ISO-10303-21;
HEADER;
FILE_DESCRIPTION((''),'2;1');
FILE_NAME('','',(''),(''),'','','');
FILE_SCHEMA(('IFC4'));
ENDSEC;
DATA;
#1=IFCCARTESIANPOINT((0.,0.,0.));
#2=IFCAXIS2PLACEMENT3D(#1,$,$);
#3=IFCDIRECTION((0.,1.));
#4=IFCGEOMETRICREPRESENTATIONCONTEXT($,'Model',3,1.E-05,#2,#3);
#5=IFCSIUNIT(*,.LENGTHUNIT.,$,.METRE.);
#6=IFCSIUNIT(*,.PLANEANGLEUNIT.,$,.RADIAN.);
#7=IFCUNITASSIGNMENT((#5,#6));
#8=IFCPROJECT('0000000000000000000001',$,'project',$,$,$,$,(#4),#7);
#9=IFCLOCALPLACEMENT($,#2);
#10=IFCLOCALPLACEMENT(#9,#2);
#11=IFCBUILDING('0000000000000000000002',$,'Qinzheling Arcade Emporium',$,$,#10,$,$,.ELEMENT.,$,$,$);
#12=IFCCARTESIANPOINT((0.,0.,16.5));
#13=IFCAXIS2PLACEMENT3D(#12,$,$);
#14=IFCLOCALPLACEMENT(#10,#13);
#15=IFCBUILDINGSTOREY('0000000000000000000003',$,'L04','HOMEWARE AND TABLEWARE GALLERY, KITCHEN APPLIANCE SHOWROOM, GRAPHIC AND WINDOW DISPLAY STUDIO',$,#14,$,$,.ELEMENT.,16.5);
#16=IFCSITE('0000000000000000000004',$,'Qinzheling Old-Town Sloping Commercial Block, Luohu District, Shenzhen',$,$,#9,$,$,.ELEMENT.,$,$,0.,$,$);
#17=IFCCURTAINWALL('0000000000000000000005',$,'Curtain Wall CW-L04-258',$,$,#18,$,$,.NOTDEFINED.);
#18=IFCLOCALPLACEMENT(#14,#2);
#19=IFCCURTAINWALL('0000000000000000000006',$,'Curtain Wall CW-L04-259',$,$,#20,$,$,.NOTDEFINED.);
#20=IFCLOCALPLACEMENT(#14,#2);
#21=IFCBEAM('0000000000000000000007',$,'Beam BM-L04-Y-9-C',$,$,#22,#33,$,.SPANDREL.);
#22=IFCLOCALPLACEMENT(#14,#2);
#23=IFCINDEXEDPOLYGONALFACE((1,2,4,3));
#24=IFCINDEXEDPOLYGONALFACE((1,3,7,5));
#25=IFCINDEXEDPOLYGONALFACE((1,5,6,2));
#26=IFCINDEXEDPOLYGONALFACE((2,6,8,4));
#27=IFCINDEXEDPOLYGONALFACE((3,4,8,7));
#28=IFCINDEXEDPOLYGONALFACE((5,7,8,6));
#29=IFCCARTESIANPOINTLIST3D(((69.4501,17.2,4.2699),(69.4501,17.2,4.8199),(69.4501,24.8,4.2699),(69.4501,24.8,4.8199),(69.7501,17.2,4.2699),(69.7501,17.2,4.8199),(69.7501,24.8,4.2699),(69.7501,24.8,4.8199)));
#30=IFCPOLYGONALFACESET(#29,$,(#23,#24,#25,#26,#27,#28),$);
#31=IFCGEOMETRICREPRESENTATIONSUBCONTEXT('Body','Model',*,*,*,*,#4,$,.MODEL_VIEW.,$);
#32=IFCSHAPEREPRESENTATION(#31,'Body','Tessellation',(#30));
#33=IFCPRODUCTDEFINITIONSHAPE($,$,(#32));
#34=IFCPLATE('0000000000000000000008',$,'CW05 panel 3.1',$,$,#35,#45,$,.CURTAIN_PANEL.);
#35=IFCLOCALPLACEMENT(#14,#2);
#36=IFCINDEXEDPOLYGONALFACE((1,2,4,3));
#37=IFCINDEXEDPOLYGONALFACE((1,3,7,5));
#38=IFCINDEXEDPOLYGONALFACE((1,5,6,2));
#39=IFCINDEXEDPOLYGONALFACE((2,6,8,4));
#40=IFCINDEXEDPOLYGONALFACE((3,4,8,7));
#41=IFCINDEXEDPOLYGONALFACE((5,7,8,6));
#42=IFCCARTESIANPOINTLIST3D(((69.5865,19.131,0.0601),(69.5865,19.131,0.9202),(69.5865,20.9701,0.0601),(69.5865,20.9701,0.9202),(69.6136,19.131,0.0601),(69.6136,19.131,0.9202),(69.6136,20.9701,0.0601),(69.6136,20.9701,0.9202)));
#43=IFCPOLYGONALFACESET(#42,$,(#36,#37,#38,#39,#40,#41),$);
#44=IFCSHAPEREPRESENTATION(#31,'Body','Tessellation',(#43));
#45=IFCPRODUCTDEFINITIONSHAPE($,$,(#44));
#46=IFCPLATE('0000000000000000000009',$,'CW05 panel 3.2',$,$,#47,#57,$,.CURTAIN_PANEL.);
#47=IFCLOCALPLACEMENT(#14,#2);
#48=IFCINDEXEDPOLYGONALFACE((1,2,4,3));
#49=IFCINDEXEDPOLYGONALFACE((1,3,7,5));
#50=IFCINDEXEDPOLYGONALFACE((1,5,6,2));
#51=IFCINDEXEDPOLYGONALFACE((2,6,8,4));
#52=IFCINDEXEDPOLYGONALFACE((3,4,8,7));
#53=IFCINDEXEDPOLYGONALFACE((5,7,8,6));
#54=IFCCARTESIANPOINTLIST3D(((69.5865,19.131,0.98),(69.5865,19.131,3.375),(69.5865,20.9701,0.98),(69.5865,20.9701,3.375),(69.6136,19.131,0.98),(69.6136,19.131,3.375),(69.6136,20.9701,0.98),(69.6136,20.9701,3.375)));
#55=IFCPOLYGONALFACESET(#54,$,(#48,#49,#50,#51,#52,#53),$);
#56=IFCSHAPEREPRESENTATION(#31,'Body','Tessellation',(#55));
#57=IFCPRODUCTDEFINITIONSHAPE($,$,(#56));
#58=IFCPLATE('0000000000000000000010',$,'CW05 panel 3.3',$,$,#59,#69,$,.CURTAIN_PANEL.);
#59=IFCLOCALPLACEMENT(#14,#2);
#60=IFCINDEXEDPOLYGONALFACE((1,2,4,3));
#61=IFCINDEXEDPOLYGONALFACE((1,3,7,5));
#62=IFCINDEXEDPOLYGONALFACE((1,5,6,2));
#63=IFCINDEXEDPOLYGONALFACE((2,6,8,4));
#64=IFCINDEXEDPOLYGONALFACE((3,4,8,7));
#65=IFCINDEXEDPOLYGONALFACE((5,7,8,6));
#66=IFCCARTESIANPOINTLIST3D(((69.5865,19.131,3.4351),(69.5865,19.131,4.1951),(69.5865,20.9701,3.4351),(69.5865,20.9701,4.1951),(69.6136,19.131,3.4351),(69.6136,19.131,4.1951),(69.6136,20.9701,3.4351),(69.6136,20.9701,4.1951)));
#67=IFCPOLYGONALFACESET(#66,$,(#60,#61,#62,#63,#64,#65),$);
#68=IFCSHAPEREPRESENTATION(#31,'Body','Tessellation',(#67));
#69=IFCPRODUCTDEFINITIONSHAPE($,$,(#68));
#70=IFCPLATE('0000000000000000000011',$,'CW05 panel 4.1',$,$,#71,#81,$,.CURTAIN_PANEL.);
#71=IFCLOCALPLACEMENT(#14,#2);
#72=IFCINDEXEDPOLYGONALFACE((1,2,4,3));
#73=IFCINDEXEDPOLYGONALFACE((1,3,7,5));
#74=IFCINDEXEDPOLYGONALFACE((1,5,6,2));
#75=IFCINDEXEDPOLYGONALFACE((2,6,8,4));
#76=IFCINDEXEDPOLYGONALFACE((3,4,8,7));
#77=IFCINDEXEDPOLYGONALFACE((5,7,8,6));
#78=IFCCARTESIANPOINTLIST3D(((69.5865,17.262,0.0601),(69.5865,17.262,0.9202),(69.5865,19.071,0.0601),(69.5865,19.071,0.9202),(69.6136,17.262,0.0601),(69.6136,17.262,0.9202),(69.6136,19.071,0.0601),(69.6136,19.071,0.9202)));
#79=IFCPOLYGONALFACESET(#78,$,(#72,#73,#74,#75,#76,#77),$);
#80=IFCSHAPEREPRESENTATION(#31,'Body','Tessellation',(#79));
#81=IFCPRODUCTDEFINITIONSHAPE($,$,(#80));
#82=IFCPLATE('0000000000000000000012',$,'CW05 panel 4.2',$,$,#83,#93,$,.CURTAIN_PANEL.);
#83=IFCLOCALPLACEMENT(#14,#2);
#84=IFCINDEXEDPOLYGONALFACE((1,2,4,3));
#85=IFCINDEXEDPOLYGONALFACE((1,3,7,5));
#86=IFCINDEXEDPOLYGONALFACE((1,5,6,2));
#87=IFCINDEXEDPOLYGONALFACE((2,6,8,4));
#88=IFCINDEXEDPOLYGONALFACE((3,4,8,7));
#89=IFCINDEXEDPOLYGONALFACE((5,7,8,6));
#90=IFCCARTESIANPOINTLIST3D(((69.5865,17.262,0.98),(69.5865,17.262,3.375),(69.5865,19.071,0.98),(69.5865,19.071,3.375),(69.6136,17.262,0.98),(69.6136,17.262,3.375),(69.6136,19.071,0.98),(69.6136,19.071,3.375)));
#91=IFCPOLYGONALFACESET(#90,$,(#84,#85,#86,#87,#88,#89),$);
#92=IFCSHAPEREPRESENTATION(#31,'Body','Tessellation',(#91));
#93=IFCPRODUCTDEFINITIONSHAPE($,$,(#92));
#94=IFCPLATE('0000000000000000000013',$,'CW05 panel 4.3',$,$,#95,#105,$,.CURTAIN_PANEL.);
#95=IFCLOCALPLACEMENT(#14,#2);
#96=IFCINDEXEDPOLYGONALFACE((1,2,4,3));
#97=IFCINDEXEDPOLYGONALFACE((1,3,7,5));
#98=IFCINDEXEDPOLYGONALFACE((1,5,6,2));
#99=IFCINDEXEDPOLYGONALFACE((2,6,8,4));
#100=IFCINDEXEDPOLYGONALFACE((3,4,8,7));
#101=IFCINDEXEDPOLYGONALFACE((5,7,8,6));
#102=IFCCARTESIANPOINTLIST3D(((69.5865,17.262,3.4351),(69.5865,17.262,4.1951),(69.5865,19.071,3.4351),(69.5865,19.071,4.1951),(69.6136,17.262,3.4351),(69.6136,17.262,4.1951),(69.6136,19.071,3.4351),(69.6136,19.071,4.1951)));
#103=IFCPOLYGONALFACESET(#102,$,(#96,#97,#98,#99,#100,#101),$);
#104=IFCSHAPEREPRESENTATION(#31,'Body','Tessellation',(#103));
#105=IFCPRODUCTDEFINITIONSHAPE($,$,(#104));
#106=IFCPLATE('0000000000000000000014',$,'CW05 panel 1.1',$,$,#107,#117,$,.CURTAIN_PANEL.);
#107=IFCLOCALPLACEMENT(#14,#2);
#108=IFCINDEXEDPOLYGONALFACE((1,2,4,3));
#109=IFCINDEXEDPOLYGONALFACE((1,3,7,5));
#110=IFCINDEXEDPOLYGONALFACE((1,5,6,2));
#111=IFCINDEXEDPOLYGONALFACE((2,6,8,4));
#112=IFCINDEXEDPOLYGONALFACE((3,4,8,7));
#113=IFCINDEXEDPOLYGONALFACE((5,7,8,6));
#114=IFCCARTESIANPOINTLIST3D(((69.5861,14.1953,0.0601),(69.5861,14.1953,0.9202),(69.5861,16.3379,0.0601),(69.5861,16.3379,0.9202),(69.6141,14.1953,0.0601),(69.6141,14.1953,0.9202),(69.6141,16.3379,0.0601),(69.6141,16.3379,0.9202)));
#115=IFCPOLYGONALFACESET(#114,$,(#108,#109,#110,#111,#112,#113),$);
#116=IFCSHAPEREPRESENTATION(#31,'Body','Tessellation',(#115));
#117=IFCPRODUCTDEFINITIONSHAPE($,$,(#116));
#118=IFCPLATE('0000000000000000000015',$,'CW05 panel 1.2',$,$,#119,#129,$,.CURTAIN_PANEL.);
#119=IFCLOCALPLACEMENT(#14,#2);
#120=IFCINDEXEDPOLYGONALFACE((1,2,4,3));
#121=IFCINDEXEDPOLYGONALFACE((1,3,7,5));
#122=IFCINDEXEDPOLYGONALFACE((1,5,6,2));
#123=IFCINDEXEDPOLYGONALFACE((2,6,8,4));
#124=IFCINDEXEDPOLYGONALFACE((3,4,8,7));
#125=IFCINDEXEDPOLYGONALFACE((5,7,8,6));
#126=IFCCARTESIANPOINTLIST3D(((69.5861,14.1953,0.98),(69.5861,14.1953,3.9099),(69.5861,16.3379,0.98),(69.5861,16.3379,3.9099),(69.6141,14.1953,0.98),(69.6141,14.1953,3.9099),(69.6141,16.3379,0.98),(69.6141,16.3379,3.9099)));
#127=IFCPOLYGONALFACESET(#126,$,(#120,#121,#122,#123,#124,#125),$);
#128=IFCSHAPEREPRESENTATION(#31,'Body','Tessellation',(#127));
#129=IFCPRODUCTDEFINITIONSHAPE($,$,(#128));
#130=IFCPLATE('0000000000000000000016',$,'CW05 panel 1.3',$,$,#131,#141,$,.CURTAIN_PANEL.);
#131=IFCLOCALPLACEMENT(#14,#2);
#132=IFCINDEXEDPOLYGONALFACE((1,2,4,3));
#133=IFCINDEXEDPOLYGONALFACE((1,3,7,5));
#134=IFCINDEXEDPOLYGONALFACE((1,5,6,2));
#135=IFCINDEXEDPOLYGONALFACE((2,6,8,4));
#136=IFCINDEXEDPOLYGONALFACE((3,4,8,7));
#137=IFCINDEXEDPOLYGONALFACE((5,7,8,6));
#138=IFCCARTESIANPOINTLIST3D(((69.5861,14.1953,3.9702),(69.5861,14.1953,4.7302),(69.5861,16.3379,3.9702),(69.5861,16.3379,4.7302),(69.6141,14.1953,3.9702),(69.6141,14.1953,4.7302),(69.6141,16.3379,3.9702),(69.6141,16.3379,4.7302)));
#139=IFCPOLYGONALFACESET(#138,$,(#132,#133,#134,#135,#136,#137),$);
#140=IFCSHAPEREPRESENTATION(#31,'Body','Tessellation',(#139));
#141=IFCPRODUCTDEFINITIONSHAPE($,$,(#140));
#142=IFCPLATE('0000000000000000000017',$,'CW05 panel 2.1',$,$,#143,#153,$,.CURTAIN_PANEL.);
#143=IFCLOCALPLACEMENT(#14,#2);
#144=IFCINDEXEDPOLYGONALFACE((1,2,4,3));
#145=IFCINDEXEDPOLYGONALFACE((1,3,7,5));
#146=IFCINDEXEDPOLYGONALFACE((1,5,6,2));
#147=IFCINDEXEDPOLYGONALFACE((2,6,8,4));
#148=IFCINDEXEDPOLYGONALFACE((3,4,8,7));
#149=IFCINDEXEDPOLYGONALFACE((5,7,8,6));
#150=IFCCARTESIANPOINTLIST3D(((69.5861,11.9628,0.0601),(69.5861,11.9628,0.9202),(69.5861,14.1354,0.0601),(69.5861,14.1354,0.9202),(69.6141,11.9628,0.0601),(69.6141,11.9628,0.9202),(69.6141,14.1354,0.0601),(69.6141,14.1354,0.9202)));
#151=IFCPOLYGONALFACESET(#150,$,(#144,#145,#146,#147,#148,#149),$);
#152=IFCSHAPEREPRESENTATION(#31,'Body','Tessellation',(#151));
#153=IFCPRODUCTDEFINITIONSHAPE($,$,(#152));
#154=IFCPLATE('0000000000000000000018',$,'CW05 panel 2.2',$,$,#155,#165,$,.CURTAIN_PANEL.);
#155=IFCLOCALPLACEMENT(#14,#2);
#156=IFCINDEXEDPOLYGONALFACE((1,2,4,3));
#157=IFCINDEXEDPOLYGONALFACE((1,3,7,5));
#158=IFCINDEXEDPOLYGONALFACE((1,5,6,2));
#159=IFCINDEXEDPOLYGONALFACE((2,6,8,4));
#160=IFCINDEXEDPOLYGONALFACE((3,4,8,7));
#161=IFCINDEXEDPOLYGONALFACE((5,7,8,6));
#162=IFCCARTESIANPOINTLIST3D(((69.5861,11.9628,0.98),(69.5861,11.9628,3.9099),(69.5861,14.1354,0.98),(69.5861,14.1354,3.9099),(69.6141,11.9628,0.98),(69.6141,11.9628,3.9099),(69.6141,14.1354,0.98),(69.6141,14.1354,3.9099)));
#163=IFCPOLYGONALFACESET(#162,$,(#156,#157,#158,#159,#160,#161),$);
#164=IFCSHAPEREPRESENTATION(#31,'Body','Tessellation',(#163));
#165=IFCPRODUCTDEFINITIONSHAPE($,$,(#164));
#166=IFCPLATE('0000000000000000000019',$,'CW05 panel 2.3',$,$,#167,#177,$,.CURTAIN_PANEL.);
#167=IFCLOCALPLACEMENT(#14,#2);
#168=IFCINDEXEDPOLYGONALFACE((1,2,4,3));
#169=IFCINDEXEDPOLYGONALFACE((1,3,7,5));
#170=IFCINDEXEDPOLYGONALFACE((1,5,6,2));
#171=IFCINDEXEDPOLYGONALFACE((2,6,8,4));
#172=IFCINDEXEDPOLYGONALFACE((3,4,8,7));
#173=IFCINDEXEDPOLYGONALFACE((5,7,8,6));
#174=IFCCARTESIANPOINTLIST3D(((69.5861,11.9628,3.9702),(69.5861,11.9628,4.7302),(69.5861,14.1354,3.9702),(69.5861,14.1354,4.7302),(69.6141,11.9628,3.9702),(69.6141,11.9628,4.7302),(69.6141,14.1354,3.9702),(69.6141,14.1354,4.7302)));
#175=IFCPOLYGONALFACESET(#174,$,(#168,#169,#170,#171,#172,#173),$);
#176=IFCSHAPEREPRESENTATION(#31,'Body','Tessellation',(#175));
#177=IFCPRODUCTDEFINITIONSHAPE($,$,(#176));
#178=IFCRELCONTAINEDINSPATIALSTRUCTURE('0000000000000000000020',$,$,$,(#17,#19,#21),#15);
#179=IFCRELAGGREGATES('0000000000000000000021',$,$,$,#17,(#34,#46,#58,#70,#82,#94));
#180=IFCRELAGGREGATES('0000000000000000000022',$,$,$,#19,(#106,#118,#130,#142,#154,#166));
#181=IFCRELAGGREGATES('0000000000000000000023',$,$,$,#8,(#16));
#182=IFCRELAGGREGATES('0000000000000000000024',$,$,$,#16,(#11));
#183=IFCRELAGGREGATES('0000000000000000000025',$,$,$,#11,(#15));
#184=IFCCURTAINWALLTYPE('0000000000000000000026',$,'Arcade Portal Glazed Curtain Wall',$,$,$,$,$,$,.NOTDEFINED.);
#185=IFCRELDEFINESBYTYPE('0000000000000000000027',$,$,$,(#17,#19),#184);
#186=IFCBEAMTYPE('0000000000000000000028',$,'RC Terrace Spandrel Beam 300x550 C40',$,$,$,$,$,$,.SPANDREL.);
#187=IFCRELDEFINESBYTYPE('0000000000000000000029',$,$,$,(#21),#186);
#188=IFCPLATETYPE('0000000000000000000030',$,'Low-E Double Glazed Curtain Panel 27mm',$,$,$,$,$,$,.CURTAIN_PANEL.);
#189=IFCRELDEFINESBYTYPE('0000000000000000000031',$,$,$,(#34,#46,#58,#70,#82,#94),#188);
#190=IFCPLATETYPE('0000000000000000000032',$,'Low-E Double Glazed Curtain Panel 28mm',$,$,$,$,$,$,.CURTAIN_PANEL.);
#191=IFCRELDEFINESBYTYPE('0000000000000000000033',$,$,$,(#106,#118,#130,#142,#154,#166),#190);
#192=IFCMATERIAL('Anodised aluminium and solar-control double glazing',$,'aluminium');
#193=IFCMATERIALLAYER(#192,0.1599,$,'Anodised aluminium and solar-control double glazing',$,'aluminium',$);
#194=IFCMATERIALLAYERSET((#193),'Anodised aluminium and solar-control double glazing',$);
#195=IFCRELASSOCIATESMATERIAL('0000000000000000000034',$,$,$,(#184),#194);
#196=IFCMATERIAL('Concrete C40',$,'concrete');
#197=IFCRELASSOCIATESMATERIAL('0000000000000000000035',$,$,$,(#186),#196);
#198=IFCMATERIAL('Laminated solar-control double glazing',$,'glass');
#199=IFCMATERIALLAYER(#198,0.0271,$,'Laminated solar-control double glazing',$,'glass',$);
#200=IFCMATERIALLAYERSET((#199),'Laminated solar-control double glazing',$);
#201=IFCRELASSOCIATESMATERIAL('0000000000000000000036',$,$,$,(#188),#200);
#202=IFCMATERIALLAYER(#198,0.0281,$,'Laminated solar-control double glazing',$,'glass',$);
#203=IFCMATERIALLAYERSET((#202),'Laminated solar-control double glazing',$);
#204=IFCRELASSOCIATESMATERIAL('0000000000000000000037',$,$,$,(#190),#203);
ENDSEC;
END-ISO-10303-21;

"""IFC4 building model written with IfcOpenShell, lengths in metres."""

from ifc_helpers import new_model, si_unit, direction, frame, origin, origin_2d, place, context, subcontext, project, spatial, rectangle, extrude, material, layer, layer_set, material_profile, profile_set, type_object, element, aggregate, save


model = new_model("IFC4")

# Units and contexts
model_context = context("Model", 3, precision=1e-05, world=origin(), true_north=direction((0.0, 1.0)))
body_context = subcontext(model_context, "Body", "Model", "MODEL_VIEW")
ifc_project = project(units=[si_unit("LENGTHUNIT", "METRE"), si_unit("PLANEANGLEUNIT", "RADIAN")], contexts=[model_context])

# Site, building, storey
site_placement = place(None, origin())
site = spatial("IfcSite", under=ifc_project, at=site_placement, Name="Qinzheling Old-Town Sloping Commercial Block, Luohu District, Shenzhen", CompositionType="ELEMENT", RefElevation=0.0)
building_placement = place(site_placement, origin())
building = spatial("IfcBuilding", under=site, at=building_placement, Name="Qinzheling Arcade Emporium", CompositionType="ELEMENT")
storey_placement = place(building_placement, frame((0.0, 0.0, 16.5)))
storey = spatial("IfcBuildingStorey", under=building, at=storey_placement, Name="L04", Description="HOMEWARE AND TABLEWARE GALLERY, KITCHEN APPLIANCE SHOWROOM, GRAPHIC AND WINDOW DISPLAY STUDIO", CompositionType="ELEMENT", Elevation=16.5)

# Shared definitions
ifc_material_1 = material(Name="Concrete C40", Category="concrete")

# Curtain walls
ifc_material_2 = material(Name="Anodised aluminium and solar-control double glazing", Category="aluminium")
ifc_layer_1 = layer(ifc_material_2, 0.1599, Name="Anodised aluminium and solar-control double glazing", Category="aluminium")
ifc_layer_set_1 = layer_set([ifc_layer_1], Name="Anodised aluminium and solar-control double glazing")
curtain_wall_type = type_object("IfcCurtainWallType", Name="Arcade Portal Glazed Curtain Wall", PredefinedType="NOTDEFINED", material=ifc_layer_set_1)
curtain_wall_1_placement = place(storey_placement, origin())
curtain_wall_1 = element("IfcCurtainWall", 1, at=curtain_wall_1_placement, inside=storey, type_object=curtain_wall_type, Name="Curtain Wall CW-L04-258", PredefinedType="NOTDEFINED")
curtain_wall_2_placement = place(storey_placement, origin())
curtain_wall_2 = element("IfcCurtainWall", 2, at=curtain_wall_2_placement, inside=storey, type_object=curtain_wall_type, Name="Curtain Wall CW-L04-259", PredefinedType="NOTDEFINED")

# Beam
ifc_material_profile_1 = material_profile(ifc_material_1, rectangle(XDim=0.3, YDim=0.55, at=origin_2d()), Name="RC 300x550", Category="concrete")
ifc_profile_set_1 = profile_set([ifc_material_profile_1], Name="Concrete C40")
beam_type_1 = type_object("IfcBeamType", Name="RC Terrace Spandrel Beam 300x550 C40", PredefinedType="SPANDREL", material=ifc_profile_set_1)
beam_placement = place(storey_placement, frame((69.6001, 17.2, 4.5449), z_axis=(0.0, 1.0, 0.0), x_axis=(-1.0, 0.0, 0.0)))
element("IfcBeam", 3, at=beam_placement, inside=storey, type_object=beam_type_1, Name="Beam BM-L04-Y-9-C", PredefinedType="SPANDREL", context=body_context, shape_type="SweptSolid", body=[
    extrude(rectangle(XDim=0.3, YDim=0.55, at=origin_2d()), origin(), (0.0, 0.0, 1.0), 7.6001),
])

# Plates
ifc_material_3 = material(Name="Laminated solar-control double glazing", Category="glass")
ifc_layer_2 = layer(ifc_material_3, 0.0271, Name="Laminated solar-control double glazing", Category="glass")
ifc_layer_set_2 = layer_set([ifc_layer_2], Name="Laminated solar-control double glazing")
plate_type_1 = type_object("IfcPlateType", Name="Low-E Double Glazed Curtain Panel 27mm", PredefinedType="CURTAIN_PANEL", material=ifc_layer_set_2)
plate_1_placement = place(storey_placement, frame((69.6001, 20.0505, 0.0601), z_axis=(0.0, 0.0, 1.0), x_axis=(0.0, -1.0, 0.0)))
plate_1 = element("IfcPlate", 4, at=plate_1_placement, type_object=plate_type_1, Name="CW05 panel 3.1", PredefinedType="CURTAIN_PANEL", context=body_context, shape_type="SweptSolid", body=[
    extrude(rectangle(XDim=1.8391, YDim=0.0271, at=origin_2d()), origin(), (0.0, 0.0, 1.0), 0.8601),
])
plate_2_placement = place(storey_placement, frame((69.6001, 20.0505, 0.98), z_axis=(0.0, 0.0, 1.0), x_axis=(0.0, -1.0, 0.0)))
plate_2 = element("IfcPlate", 5, at=plate_2_placement, type_object=plate_type_1, Name="CW05 panel 3.2", PredefinedType="CURTAIN_PANEL", context=body_context, shape_type="SweptSolid", body=[
    extrude(rectangle(XDim=1.8391, YDim=0.0271, at=origin_2d()), origin(), (0.0, 0.0, 1.0), 2.395),
])
plate_3_placement = place(storey_placement, frame((69.6001, 20.0505, 3.4351), z_axis=(0.0, 0.0, 1.0), x_axis=(0.0, -1.0, 0.0)))
plate_3 = element("IfcPlate", 6, at=plate_3_placement, type_object=plate_type_1, Name="CW05 panel 3.3", PredefinedType="CURTAIN_PANEL", context=body_context, shape_type="SweptSolid", body=[
    extrude(rectangle(XDim=1.8391, YDim=0.0271, at=origin_2d()), origin(), (0.0, 0.0, 1.0), 0.76),
])
plate_4_placement = place(storey_placement, frame((69.6001, 18.1665, 0.0601), z_axis=(0.0, 0.0, 1.0), x_axis=(0.0, -1.0, 0.0)))
plate_4 = element("IfcPlate", 7, at=plate_4_placement, type_object=plate_type_1, Name="CW05 panel 4.1", PredefinedType="CURTAIN_PANEL", context=body_context, shape_type="SweptSolid", body=[
    extrude(rectangle(XDim=1.8091, YDim=0.0271, at=origin_2d()), origin(), (0.0, 0.0, 1.0), 0.8601),
])
plate_5_placement = place(storey_placement, frame((69.6001, 18.1665, 0.98), z_axis=(0.0, 0.0, 1.0), x_axis=(0.0, -1.0, 0.0)))
plate_5 = element("IfcPlate", 8, at=plate_5_placement, type_object=plate_type_1, Name="CW05 panel 4.2", PredefinedType="CURTAIN_PANEL", context=body_context, shape_type="SweptSolid", body=[
    extrude(rectangle(XDim=1.8091, YDim=0.0271, at=origin_2d()), origin(), (0.0, 0.0, 1.0), 2.395),
])
plate_6_placement = place(storey_placement, frame((69.6001, 18.1665, 3.4351), z_axis=(0.0, 0.0, 1.0), x_axis=(0.0, -1.0, 0.0)))
plate_6 = element("IfcPlate", 9, at=plate_6_placement, type_object=plate_type_1, Name="CW05 panel 4.3", PredefinedType="CURTAIN_PANEL", context=body_context, shape_type="SweptSolid", body=[
    extrude(rectangle(XDim=1.8091, YDim=0.0271, at=origin_2d()), origin(), (0.0, 0.0, 1.0), 0.76),
])
aggregate(curtain_wall_1, [plate_1, plate_2, plate_3, plate_4, plate_5, plate_6])
ifc_layer_3 = layer(ifc_material_3, 0.0281, Name="Laminated solar-control double glazing", Category="glass")
ifc_layer_set_3 = layer_set([ifc_layer_3], Name="Laminated solar-control double glazing")
plate_type_2 = type_object("IfcPlateType", Name="Low-E Double Glazed Curtain Panel 28mm", PredefinedType="CURTAIN_PANEL", material=ifc_layer_set_3)
plate_7_placement = place(storey_placement, frame((69.6001, 15.2666, 0.0601), z_axis=(0.0, 0.0, 1.0), x_axis=(0.0, -1.0, 0.0)))
plate_7 = element("IfcPlate", 10, at=plate_7_placement, type_object=plate_type_2, Name="CW05 panel 1.1", PredefinedType="CURTAIN_PANEL", context=body_context, shape_type="SweptSolid", body=[
    extrude(rectangle(XDim=2.1426, YDim=0.0281, at=origin_2d()), origin(), (0.0, 0.0, 1.0), 0.8601),
])
plate_8_placement = place(storey_placement, frame((69.6001, 15.2666, 0.98), z_axis=(0.0, 0.0, 1.0), x_axis=(0.0, -1.0, 0.0)))
plate_8 = element("IfcPlate", 11, at=plate_8_placement, type_object=plate_type_2, Name="CW05 panel 1.2", PredefinedType="CURTAIN_PANEL", context=body_context, shape_type="SweptSolid", body=[
    extrude(rectangle(XDim=2.1426, YDim=0.0281, at=origin_2d()), origin(), (0.0, 0.0, 1.0), 2.9299),
])
plate_9_placement = place(storey_placement, frame((69.6001, 15.2666, 3.9702), z_axis=(0.0, 0.0, 1.0), x_axis=(0.0, -1.0, 0.0)))
plate_9 = element("IfcPlate", 12, at=plate_9_placement, type_object=plate_type_2, Name="CW05 panel 1.3", PredefinedType="CURTAIN_PANEL", context=body_context, shape_type="SweptSolid", body=[
    extrude(rectangle(XDim=2.1426, YDim=0.0281, at=origin_2d()), origin(), (0.0, 0.0, 1.0), 0.76),
])
plate_10_placement = place(storey_placement, frame((69.6001, 13.0491, 0.0601), z_axis=(0.0, 0.0, 1.0), x_axis=(0.0, -1.0, 0.0)))
plate_10 = element("IfcPlate", 13, at=plate_10_placement, type_object=plate_type_2, Name="CW05 panel 2.1", PredefinedType="CURTAIN_PANEL", context=body_context, shape_type="SweptSolid", body=[
    extrude(rectangle(XDim=2.1726, YDim=0.0281, at=origin_2d()), origin(), (0.0, 0.0, 1.0), 0.8601),
])
plate_11_placement = place(storey_placement, frame((69.6001, 13.0491, 0.98), z_axis=(0.0, 0.0, 1.0), x_axis=(0.0, -1.0, 0.0)))
plate_11 = element("IfcPlate", 14, at=plate_11_placement, type_object=plate_type_2, Name="CW05 panel 2.2", PredefinedType="CURTAIN_PANEL", context=body_context, shape_type="SweptSolid", body=[
    extrude(rectangle(XDim=2.1726, YDim=0.0281, at=origin_2d()), origin(), (0.0, 0.0, 1.0), 2.9299),
])
plate_12_placement = place(storey_placement, frame((69.6001, 13.0491, 3.9702), z_axis=(0.0, 0.0, 1.0), x_axis=(0.0, -1.0, 0.0)))
plate_12 = element("IfcPlate", 15, at=plate_12_placement, type_object=plate_type_2, Name="CW05 panel 2.3", PredefinedType="CURTAIN_PANEL", context=body_context, shape_type="SweptSolid", body=[
    extrude(rectangle(XDim=2.1726, YDim=0.0281, at=origin_2d()), origin(), (0.0, 0.0, 1.0), 0.76),
])
aggregate(curtain_wall_2, [plate_7, plate_8, plate_9, plate_10, plate_11, plate_12])

save(model, "model.ifc")
